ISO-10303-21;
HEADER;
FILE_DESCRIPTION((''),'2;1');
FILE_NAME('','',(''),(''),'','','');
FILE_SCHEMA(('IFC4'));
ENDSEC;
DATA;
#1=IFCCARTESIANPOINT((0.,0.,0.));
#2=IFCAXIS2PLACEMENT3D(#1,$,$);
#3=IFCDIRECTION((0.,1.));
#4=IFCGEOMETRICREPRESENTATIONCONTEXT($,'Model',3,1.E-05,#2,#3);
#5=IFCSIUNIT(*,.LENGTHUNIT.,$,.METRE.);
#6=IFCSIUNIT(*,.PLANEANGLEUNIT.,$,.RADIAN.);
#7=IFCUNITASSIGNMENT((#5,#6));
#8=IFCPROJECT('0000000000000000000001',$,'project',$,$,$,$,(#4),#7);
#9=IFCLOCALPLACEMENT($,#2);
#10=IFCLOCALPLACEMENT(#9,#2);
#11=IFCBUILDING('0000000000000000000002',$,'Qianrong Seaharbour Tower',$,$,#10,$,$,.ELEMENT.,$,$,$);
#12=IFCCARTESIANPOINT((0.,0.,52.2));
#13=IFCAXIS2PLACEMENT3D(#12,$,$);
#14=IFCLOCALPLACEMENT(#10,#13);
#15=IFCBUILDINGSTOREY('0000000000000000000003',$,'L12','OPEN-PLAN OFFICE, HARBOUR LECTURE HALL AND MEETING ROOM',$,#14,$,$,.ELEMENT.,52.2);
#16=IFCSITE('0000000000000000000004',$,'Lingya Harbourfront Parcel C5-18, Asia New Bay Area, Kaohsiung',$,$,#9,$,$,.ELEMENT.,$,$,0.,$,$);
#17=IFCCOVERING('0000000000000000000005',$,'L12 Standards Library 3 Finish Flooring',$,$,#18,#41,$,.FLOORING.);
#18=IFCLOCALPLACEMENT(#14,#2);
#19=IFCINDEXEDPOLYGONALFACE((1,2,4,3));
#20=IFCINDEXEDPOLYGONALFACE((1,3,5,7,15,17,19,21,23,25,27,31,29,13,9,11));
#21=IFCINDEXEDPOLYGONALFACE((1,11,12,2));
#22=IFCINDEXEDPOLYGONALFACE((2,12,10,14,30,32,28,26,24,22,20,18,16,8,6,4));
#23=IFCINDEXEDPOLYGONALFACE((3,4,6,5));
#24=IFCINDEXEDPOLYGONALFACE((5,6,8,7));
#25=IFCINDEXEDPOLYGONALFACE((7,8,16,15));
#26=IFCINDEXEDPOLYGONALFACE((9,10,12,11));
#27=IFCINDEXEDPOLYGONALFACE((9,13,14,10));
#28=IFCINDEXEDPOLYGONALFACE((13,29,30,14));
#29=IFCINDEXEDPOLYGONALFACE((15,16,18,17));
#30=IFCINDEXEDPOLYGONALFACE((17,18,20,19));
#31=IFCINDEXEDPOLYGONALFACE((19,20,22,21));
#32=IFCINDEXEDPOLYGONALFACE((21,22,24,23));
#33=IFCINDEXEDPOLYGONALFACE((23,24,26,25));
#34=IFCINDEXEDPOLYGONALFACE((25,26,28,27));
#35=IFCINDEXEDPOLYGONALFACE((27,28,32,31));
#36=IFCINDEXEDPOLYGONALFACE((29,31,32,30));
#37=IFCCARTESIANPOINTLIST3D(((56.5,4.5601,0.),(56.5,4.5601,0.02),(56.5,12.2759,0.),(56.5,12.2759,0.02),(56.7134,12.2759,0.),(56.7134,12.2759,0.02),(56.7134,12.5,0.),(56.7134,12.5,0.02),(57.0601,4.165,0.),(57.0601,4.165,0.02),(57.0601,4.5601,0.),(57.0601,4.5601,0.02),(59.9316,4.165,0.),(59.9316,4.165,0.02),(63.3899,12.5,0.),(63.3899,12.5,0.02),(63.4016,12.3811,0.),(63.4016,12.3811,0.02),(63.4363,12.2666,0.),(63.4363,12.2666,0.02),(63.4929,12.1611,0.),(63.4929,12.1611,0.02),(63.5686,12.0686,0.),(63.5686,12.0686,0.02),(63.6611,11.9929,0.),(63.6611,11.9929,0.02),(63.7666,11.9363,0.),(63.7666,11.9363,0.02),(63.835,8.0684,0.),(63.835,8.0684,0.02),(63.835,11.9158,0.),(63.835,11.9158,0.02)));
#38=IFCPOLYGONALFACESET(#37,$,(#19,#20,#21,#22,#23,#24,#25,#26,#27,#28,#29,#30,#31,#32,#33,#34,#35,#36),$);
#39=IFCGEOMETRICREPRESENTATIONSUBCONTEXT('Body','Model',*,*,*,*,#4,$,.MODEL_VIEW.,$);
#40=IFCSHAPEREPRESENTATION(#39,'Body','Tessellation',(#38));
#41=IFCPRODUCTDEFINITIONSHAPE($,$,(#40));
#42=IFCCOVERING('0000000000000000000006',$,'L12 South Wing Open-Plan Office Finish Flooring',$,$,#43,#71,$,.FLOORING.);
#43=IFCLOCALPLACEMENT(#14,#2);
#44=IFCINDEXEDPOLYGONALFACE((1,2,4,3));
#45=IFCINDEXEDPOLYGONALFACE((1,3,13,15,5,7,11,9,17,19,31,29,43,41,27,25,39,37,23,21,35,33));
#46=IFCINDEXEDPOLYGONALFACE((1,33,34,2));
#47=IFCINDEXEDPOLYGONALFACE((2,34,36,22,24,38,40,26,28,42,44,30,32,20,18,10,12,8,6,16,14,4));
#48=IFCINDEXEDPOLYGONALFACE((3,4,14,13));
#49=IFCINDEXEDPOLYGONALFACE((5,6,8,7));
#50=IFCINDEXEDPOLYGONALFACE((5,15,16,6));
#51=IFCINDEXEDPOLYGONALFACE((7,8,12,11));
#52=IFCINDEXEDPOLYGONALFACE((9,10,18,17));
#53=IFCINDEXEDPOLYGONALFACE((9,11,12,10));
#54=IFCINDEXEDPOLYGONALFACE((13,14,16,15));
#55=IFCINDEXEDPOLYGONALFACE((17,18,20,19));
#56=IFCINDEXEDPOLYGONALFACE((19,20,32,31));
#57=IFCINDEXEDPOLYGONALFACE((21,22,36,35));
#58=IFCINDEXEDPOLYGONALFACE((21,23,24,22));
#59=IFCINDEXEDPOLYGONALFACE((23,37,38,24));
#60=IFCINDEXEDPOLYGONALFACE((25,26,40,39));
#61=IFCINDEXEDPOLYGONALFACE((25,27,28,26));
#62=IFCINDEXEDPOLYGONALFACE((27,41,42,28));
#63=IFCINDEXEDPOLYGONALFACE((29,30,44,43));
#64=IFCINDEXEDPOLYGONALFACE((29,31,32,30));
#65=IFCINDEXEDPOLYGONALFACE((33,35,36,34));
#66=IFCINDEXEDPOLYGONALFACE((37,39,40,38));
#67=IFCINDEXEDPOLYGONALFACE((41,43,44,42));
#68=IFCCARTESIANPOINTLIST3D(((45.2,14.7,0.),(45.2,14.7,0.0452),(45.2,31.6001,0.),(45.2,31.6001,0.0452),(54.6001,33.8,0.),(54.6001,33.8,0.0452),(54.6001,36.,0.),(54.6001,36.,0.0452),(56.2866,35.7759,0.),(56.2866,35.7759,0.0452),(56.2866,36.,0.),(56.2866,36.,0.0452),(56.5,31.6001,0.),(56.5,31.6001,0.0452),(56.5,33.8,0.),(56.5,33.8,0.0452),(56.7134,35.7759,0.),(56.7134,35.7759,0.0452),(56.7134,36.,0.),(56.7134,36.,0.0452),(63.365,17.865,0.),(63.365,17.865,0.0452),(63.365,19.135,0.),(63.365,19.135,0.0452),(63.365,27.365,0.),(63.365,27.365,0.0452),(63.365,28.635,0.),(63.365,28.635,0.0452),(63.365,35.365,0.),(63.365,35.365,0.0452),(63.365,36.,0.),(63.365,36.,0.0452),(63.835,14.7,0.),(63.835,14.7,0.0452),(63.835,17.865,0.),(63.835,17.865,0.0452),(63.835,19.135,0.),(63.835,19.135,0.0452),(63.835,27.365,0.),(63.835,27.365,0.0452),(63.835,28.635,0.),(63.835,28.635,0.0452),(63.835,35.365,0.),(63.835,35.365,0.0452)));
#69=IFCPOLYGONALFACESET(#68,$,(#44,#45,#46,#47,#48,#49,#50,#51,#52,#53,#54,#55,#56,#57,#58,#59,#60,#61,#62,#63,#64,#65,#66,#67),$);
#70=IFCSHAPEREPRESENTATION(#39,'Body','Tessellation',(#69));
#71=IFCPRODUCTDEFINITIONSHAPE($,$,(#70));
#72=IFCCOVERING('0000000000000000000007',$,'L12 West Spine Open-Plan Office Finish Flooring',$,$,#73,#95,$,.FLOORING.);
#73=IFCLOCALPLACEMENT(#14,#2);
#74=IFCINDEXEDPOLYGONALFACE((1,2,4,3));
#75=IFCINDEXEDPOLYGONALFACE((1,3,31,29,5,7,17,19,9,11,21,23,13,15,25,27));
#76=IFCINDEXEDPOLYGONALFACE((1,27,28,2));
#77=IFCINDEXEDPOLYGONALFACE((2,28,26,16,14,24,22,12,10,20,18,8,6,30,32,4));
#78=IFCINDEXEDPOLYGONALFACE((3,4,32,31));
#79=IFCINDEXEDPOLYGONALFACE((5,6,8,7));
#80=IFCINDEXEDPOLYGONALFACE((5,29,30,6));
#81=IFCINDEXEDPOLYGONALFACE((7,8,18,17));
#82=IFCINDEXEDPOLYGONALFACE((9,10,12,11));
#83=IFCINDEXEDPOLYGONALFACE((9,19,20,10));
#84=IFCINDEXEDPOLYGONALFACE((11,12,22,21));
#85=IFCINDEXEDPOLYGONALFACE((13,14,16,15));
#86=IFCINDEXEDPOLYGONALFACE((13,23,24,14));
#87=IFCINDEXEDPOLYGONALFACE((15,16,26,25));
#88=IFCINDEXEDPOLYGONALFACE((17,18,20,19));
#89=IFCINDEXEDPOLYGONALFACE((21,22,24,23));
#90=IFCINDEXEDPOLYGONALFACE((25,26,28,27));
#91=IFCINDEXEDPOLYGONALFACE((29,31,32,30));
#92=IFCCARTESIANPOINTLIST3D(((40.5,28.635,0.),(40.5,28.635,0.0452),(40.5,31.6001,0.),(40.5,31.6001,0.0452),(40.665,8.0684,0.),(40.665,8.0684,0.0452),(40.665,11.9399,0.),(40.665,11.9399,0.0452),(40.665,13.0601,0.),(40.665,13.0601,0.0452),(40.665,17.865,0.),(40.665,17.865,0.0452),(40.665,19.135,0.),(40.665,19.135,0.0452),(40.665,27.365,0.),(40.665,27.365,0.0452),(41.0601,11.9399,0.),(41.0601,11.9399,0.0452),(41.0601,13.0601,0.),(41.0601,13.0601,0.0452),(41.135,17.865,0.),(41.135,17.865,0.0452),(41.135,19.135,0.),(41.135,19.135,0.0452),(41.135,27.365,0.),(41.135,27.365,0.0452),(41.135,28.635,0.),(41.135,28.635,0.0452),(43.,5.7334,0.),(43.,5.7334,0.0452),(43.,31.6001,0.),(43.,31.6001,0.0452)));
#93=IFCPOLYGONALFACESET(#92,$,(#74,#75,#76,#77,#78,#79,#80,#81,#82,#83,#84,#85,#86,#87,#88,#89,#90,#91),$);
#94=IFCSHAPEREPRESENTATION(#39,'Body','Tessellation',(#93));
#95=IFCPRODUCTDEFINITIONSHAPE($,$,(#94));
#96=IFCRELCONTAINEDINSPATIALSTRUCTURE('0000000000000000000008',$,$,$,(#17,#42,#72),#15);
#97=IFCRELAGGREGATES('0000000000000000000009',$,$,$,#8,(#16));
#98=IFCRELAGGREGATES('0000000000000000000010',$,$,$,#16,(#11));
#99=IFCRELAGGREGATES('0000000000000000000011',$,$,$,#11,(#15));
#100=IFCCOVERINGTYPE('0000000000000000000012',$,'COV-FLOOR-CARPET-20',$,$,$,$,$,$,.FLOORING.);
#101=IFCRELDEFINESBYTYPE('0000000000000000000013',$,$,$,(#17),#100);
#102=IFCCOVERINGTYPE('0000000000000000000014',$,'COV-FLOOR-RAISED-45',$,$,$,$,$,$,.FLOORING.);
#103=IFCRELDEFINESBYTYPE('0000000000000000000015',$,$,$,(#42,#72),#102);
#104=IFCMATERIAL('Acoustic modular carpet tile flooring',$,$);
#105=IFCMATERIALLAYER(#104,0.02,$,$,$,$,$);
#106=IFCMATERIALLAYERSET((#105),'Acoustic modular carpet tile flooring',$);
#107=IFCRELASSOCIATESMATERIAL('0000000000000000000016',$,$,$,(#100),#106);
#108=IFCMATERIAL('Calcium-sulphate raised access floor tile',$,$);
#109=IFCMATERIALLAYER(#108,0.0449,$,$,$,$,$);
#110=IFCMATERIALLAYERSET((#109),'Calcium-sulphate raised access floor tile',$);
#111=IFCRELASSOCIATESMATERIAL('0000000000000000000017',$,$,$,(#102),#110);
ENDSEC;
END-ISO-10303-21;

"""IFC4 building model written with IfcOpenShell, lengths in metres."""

from ifc_helpers import new_model, si_unit, direction, frame, origin, place, context, subcontext, project, spatial, polyline, outline, extrude, material, layer, layer_set, type_object, element, save


model = new_model("IFC4")

# Units and contexts
model_context = context("Model", 3, precision=1e-05, world=origin(), true_north=direction((0.0, 1.0)))
body_context = subcontext(model_context, "Body", "Model", "MODEL_VIEW")
ifc_project = project(units=[si_unit("LENGTHUNIT", "METRE"), si_unit("PLANEANGLEUNIT", "RADIAN")], contexts=[model_context])

# Site, building, storey
site_placement = place(None, origin())
site = spatial("IfcSite", under=ifc_project, at=site_placement, Name="Lingya Harbourfront Parcel C5-18, Asia New Bay Area, Kaohsiung", CompositionType="ELEMENT", RefElevation=0.0)
building_placement = place(site_placement, origin())
building = spatial("IfcBuilding", under=site, at=building_placement, Name="Qianrong Seaharbour Tower", CompositionType="ELEMENT")
storey_placement = place(building_placement, frame((0.0, 0.0, 52.2)))
storey = spatial("IfcBuildingStorey", under=building, at=storey_placement, Name="L12", Description="OPEN-PLAN OFFICE, HARBOUR LECTURE HALL AND MEETING ROOM", CompositionType="ELEMENT", Elevation=52.2)

# Coverings
ifc_material_1 = material(Name="Acoustic modular carpet tile flooring")
ifc_layer_1 = layer(ifc_material_1, 0.02)
ifc_layer_set_1 = layer_set([ifc_layer_1], Name="Acoustic modular carpet tile flooring")
covering_type_1 = type_object("IfcCoveringType", Name="COV-FLOOR-CARPET-20", PredefinedType="FLOORING", material=ifc_layer_set_1)
covering_1_placement = place(storey_placement, origin())
element("IfcCovering", 1, at=covering_1_placement, inside=storey, type_object=covering_type_1, Name="L12 Standards Library 3 Finish Flooring", PredefinedType="FLOORING", context=body_context, shape_type="SweptSolid", body=[
    extrude(outline(polyline([(63.835, 8.0684), (59.9316, 4.165), (57.0601, 4.165), (57.0601, 4.5601), (56.5, 4.5601), (56.5, 12.2759), (56.7134, 12.2759), (56.7134, 12.5), (63.3899, 12.5), (63.4016, 12.3811), (63.4363, 12.2666), (63.4929, 12.1611), (63.5686, 12.0686), (63.6611, 11.9929), (63.7666, 11.9363), (63.835, 11.9158), (63.835, 8.0684)])), origin(), (0.0, 0.0, 1.0), 0.02),
])
ifc_material_2 = material(Name="Calcium-sulphate raised access floor tile")
ifc_layer_2 = layer(ifc_material_2, 0.0449)
ifc_layer_set_2 = layer_set([ifc_layer_2], Name="Calcium-sulphate raised access floor tile")
covering_type_2 = type_object("IfcCoveringType", Name="COV-FLOOR-RAISED-45", PredefinedType="FLOORING", material=ifc_layer_set_2)
covering_2_placement = place(storey_placement, origin())
element("IfcCovering", 2, at=covering_2_placement, inside=storey, type_object=covering_type_2, Name="L12 South Wing Open-Plan Office Finish Flooring", PredefinedType="FLOORING", context=body_context, shape_type="SweptSolid", body=[
    extrude(outline(polyline([(56.5, 31.6001), (56.5, 33.8), (54.6001, 33.8), (54.6001, 36.0), (56.2866, 36.0), (56.2866, 35.7759), (56.7134, 35.7759), (56.7134, 36.0), (63.365, 36.0), (63.365, 35.365), (63.835, 35.365), (63.835, 28.635), (63.365, 28.635), (63.365, 27.365), (63.835, 27.365), (63.835, 19.135), (63.365, 19.135), (63.365, 17.865), (63.835, 17.865), (63.835, 14.7), (45.2, 14.7), (45.2, 31.6001), (56.5, 31.6001)])), origin(), (0.0, 0.0, 1.0), 0.0452),
])
covering_3_placement = place(storey_placement, origin())
element("IfcCovering", 3, at=covering_3_placement, inside=storey, type_object=covering_type_2, Name="L12 West Spine Open-Plan Office Finish Flooring", PredefinedType="FLOORING", context=body_context, shape_type="SweptSolid", body=[
    extrude(outline(polyline([(43.0, 5.7334), (40.665, 8.0684), (40.665, 11.9399), (41.0601, 11.9399), (41.0601, 13.0601), (40.665, 13.0601), (40.665, 17.865), (41.135, 17.865), (41.135, 19.135), (40.665, 19.135), (40.665, 27.365), (41.135, 27.365), (41.135, 28.635), (40.5, 28.635), (40.5, 31.6001), (43.0, 31.6001), (43.0, 5.7334)])), origin(), (0.0, 0.0, 1.0), 0.0452),
])

save(model, "model.ifc")
